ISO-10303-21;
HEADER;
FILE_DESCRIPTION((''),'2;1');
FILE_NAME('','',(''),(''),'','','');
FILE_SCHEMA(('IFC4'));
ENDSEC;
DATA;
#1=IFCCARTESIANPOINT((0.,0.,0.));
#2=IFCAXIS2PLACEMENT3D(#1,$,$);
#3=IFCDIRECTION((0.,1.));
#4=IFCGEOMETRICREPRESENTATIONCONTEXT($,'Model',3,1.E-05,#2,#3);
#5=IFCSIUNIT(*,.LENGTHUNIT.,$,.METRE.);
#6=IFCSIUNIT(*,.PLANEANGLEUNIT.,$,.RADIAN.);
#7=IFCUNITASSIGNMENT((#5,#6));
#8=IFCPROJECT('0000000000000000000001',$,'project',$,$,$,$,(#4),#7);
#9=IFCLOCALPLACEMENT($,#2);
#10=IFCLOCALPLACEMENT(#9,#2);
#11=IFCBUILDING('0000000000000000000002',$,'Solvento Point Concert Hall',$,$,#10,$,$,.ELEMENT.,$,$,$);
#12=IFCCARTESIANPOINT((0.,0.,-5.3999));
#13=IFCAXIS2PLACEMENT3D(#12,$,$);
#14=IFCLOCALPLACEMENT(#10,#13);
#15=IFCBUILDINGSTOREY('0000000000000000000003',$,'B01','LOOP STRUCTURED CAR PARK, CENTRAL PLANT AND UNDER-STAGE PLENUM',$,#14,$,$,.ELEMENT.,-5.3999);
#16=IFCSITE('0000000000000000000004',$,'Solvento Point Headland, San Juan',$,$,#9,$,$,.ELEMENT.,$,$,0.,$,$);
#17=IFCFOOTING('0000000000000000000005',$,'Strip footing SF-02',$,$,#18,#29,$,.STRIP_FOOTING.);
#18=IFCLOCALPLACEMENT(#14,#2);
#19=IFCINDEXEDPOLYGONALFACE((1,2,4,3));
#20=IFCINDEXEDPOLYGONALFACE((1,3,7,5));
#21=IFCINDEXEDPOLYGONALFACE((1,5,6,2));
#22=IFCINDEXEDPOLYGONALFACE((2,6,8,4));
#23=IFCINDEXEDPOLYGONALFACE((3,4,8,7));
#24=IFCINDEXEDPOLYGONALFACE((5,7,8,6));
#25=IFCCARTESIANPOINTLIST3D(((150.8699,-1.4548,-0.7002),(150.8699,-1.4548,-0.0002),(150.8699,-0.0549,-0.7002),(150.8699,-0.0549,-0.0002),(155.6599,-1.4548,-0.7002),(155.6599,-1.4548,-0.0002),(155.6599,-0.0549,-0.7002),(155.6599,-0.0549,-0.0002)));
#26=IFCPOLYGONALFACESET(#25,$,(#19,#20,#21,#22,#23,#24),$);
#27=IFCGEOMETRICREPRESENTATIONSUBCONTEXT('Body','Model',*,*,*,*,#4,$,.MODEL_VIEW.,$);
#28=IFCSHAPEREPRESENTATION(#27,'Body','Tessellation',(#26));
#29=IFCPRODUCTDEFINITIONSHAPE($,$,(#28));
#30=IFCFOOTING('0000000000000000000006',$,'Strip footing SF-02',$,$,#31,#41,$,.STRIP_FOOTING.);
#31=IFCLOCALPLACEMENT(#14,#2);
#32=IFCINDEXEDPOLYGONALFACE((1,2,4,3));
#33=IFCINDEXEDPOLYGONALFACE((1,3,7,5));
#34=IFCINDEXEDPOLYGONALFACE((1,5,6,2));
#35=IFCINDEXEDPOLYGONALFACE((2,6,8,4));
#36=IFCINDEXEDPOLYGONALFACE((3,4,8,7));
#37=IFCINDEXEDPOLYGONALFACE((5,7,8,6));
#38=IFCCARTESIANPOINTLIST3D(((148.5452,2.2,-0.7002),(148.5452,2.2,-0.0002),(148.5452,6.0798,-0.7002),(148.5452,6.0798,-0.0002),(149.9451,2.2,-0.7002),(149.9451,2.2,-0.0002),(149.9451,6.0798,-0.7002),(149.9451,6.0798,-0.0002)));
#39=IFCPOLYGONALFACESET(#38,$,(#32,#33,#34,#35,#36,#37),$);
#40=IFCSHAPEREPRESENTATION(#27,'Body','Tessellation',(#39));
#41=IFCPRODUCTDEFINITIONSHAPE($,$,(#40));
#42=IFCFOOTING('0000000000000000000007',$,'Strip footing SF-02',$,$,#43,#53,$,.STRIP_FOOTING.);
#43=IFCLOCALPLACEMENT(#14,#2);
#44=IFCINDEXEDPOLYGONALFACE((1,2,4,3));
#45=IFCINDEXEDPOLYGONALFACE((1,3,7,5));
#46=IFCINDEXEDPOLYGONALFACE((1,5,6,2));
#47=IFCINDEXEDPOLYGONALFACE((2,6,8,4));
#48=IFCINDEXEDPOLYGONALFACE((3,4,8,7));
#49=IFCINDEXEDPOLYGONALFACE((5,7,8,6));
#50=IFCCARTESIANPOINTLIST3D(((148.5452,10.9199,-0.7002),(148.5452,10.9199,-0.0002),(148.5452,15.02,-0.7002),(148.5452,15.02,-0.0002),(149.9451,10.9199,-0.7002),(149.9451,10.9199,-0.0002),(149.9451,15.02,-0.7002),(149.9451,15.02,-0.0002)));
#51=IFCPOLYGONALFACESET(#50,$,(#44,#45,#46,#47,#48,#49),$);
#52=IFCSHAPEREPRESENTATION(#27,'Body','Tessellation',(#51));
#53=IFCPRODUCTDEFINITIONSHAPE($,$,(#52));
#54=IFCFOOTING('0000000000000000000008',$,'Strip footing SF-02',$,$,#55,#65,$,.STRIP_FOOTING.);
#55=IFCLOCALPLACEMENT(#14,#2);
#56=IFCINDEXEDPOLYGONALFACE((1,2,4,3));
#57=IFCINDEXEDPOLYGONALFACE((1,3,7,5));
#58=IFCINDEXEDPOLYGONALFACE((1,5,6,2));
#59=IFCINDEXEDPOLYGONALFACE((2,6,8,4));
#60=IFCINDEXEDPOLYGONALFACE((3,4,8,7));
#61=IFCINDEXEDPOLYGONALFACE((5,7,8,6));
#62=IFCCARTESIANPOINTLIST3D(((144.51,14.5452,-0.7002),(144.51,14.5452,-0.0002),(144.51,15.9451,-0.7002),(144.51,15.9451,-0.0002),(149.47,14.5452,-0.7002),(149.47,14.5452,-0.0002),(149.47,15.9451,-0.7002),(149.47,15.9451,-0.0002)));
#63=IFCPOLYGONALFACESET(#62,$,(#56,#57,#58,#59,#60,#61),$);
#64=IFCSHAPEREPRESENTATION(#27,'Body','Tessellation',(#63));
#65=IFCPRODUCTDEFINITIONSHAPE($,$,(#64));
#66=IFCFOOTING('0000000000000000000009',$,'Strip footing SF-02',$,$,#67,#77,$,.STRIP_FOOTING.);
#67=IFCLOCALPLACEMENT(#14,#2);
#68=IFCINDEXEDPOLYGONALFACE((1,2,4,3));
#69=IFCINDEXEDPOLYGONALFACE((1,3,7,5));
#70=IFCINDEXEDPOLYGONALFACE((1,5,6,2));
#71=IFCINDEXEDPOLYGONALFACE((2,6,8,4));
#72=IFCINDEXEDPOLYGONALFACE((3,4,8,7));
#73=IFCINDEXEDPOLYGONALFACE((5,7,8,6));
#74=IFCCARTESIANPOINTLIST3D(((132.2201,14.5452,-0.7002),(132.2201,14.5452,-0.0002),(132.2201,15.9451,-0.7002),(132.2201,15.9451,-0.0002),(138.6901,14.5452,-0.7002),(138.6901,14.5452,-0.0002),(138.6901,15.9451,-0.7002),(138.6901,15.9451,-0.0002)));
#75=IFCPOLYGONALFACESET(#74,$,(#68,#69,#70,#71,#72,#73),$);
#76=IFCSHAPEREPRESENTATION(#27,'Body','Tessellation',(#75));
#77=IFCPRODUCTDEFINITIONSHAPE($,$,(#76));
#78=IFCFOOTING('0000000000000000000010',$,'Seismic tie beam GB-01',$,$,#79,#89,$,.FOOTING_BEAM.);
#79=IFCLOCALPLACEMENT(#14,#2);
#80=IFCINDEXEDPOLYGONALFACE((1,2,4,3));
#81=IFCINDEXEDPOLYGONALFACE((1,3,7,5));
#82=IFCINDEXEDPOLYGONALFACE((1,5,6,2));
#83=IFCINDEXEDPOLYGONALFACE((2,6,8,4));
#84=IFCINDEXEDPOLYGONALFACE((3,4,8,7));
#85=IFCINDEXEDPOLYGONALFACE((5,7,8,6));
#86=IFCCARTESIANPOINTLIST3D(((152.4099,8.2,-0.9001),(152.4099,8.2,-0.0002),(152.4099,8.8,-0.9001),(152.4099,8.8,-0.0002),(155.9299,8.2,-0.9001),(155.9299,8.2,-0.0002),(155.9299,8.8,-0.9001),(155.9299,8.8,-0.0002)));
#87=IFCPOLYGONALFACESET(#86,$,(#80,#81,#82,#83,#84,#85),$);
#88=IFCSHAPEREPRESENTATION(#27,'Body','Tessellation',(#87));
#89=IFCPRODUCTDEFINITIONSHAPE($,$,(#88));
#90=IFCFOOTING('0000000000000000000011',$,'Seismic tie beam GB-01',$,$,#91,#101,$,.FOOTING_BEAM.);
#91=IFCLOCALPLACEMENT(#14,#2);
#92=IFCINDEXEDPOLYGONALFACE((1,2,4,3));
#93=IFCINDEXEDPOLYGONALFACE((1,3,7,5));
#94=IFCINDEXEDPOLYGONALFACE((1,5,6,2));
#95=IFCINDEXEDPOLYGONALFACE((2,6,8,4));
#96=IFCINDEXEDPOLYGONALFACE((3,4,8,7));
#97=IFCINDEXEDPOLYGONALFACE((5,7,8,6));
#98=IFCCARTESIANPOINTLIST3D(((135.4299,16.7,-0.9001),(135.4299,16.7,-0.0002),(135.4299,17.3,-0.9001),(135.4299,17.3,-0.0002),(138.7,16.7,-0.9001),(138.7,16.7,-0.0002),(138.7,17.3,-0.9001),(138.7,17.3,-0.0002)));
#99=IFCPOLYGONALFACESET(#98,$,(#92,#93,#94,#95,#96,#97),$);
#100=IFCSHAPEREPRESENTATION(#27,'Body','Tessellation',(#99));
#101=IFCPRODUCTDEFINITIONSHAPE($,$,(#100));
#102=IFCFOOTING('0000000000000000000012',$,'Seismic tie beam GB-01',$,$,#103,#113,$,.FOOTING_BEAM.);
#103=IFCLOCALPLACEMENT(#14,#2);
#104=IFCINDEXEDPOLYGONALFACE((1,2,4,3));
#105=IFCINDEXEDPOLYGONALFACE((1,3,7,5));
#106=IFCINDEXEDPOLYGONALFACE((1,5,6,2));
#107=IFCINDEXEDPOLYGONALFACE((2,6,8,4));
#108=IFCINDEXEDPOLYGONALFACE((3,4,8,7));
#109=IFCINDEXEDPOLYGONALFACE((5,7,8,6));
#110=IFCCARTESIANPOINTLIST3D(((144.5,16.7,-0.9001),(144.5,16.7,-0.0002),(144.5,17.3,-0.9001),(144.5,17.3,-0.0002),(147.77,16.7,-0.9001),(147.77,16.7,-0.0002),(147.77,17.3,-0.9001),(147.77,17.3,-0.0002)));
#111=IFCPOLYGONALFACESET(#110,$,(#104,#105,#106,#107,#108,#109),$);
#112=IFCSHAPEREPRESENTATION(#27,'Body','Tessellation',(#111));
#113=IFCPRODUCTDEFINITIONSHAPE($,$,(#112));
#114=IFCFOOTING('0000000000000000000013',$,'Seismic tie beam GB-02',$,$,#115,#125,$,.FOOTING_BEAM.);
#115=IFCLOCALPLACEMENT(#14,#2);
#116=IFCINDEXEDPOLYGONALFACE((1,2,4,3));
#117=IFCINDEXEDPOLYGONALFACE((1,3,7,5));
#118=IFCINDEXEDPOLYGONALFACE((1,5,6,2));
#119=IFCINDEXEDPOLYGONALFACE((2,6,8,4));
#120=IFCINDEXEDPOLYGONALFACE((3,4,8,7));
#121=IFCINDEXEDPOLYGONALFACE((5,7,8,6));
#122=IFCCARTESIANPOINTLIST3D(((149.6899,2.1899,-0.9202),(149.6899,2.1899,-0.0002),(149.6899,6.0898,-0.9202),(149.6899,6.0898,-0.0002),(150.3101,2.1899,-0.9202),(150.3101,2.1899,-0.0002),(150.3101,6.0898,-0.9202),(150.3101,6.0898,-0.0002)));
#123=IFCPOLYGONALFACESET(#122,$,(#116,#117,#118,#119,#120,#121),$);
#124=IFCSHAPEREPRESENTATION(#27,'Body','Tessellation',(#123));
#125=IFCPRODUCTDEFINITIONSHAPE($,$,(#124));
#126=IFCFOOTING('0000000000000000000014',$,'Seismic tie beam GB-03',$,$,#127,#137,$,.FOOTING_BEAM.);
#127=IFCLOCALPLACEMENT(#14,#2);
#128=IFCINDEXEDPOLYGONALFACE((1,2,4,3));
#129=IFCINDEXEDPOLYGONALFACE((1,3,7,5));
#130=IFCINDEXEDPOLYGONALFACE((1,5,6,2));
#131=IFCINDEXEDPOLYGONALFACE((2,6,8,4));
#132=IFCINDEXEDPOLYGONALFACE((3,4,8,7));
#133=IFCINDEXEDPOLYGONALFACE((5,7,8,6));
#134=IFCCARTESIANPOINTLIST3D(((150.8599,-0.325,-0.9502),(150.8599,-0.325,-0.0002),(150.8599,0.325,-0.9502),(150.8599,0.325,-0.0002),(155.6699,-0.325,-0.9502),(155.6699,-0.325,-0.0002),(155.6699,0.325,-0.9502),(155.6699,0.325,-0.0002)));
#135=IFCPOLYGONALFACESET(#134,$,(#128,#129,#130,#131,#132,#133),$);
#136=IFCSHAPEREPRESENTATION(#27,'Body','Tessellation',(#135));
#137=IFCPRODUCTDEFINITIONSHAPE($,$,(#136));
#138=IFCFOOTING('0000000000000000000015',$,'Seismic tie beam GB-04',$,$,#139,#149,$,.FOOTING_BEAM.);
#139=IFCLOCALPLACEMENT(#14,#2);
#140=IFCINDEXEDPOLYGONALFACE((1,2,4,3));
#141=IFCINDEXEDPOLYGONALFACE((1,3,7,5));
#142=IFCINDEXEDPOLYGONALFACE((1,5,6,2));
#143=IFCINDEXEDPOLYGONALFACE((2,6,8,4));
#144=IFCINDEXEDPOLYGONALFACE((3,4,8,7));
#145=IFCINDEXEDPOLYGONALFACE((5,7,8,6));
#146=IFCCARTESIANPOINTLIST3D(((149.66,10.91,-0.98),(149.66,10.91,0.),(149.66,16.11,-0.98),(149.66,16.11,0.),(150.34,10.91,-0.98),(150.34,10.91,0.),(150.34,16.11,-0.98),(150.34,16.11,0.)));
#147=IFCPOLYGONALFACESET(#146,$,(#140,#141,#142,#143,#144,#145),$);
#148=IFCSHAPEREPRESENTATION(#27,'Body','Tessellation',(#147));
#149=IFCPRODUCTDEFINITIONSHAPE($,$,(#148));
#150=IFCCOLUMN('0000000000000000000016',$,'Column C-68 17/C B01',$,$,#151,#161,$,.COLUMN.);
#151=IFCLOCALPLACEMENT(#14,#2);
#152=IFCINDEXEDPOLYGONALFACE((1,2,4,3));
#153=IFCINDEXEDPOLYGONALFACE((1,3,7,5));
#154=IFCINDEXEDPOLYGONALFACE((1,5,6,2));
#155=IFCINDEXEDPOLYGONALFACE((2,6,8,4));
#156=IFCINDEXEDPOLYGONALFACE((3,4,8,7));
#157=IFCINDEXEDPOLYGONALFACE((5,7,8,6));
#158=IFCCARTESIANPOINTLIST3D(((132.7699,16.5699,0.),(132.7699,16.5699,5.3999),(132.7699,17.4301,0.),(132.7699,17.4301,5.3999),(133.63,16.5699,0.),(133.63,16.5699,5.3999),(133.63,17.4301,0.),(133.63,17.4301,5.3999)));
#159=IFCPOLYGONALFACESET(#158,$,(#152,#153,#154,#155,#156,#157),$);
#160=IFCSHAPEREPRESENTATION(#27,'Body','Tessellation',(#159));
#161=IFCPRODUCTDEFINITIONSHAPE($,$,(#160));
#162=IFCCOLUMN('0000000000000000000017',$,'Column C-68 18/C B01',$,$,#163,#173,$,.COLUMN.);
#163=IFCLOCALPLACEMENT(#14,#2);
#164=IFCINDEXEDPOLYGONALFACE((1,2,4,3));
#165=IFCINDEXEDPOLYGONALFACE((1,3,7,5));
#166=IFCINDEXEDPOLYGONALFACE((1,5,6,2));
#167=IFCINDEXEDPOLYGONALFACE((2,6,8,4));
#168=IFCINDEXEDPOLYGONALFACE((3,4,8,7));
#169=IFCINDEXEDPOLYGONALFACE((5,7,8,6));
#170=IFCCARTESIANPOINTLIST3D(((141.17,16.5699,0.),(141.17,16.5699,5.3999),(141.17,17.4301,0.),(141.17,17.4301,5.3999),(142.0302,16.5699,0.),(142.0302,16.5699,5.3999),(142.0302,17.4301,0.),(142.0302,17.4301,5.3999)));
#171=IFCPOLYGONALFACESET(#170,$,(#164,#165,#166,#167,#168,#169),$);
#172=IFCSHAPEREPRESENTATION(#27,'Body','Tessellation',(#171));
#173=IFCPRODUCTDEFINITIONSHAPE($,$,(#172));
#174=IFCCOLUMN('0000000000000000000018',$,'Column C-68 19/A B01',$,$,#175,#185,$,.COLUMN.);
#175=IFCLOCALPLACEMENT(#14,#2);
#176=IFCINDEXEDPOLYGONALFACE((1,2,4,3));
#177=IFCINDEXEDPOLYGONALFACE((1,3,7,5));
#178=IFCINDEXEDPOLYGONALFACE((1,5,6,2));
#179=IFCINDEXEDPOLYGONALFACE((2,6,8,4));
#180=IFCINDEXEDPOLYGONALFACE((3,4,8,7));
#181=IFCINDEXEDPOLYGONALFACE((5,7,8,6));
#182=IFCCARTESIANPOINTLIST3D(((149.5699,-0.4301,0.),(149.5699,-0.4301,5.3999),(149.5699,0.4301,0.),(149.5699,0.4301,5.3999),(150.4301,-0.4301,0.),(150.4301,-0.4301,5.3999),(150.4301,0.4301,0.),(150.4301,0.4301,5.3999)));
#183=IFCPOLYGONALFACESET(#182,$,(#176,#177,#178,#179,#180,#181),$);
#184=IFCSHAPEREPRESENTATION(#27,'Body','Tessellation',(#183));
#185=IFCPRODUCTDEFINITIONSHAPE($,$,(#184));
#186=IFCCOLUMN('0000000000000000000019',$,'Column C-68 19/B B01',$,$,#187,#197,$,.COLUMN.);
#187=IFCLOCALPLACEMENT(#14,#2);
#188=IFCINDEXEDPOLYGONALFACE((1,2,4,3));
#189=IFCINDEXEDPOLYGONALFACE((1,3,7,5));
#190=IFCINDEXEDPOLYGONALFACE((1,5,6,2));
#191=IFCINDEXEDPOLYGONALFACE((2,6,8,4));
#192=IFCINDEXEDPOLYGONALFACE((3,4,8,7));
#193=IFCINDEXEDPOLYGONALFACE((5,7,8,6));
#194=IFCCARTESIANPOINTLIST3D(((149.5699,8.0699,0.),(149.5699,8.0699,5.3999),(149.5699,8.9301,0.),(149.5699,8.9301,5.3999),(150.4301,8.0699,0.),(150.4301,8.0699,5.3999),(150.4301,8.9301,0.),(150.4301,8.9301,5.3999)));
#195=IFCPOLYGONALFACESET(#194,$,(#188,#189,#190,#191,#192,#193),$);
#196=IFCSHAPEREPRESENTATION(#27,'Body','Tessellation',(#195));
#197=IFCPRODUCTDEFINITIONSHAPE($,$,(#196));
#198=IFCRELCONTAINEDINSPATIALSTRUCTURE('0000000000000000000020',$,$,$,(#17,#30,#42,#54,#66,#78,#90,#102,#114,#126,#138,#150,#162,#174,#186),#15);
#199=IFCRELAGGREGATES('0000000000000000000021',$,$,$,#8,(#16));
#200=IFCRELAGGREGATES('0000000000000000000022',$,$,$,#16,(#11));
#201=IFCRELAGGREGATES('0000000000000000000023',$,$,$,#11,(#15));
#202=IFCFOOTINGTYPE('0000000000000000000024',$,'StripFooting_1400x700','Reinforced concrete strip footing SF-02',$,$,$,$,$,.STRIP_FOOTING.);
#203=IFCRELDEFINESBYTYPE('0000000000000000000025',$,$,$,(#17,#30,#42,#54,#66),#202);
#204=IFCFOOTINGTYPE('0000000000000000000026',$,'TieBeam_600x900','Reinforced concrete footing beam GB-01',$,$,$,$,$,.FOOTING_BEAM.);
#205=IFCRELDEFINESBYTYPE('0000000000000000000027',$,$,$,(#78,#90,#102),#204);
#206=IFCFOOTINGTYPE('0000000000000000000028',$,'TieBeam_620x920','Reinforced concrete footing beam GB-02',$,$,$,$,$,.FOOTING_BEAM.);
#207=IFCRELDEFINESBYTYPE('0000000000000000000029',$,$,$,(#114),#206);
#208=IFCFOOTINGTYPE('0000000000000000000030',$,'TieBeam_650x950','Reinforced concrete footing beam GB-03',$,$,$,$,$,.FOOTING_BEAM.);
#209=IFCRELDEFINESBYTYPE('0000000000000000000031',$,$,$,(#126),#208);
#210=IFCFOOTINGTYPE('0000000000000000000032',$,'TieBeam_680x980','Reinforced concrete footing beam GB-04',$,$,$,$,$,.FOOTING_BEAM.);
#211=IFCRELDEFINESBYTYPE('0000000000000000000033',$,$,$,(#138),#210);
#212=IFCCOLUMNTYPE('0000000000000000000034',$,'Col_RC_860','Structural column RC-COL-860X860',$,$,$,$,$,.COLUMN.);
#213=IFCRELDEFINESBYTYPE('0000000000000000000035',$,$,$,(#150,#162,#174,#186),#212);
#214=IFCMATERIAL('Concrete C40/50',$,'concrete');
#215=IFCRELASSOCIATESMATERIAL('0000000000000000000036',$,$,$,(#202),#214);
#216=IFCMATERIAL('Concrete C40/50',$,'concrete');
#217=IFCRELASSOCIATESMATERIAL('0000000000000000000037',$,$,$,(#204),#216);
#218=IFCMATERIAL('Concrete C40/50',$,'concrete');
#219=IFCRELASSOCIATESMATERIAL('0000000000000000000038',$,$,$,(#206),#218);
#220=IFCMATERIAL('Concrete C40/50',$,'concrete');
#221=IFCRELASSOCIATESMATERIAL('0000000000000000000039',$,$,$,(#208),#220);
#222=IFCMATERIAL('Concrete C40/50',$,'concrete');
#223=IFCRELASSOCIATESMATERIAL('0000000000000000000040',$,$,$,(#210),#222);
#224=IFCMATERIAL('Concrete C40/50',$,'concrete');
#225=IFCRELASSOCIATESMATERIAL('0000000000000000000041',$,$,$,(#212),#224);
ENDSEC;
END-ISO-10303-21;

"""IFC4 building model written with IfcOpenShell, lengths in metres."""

from ifc_helpers import new_model, si_unit, direction, frame, origin, origin_2d, place, context, subcontext, project, spatial, rectangle, extrude, material, material_profile, profile_set, type_object, element, save


model = new_model("IFC4")

# Units and contexts
model_context = context("Model", 3, precision=1e-05, world=origin(), true_north=direction((0.0, 1.0)))
body_context = subcontext(model_context, "Body", "Model", "MODEL_VIEW")
ifc_project = project(units=[si_unit("LENGTHUNIT", "METRE"), si_unit("PLANEANGLEUNIT", "RADIAN")], contexts=[model_context])

# Site, building, storey
site_placement = place(None, origin())
site = spatial("IfcSite", under=ifc_project, at=site_placement, Name="Solvento Point Headland, San Juan", CompositionType="ELEMENT", RefElevation=0.0)
building_placement = place(site_placement, origin())
building = spatial("IfcBuilding", under=site, at=building_placement, Name="Solvento Point Concert Hall", CompositionType="ELEMENT")
storey_placement = place(building_placement, frame((0.0, 0.0, -5.3999)))
storey = spatial("IfcBuildingStorey", under=building, at=storey_placement, Name="B01", Description="LOOP STRUCTURED CAR PARK, CENTRAL PLANT AND UNDER-STAGE PLENUM", CompositionType="ELEMENT", Elevation=-5.3999)

# Footings
ifc_material_1 = material(Name="Concrete C40/50", Category="concrete")
footing_type_1 = type_object("IfcFootingType", Name="StripFooting_1400x700", Description="Reinforced concrete strip footing SF-02", PredefinedType="STRIP_FOOTING", material=ifc_material_1)
footing_1_placement = place(storey_placement, frame((153.2649, -0.7549, -0.7002), z_axis=(0.0, 0.0, 1.0), x_axis=(-1.0, 0.0, 0.0)))
element("IfcFooting", 1, at=footing_1_placement, inside=storey, type_object=footing_type_1, Name="Strip footing SF-02", PredefinedType="STRIP_FOOTING", context=body_context, shape_type="SweptSolid", body=[
    extrude(rectangle(XDim=4.79, YDim=1.3999, at=origin_2d()), origin(), (0.0, 0.0, 1.0), 0.7),
])
footing_2_placement = place(storey_placement, frame((149.2451, 4.1399, -0.7002), z_axis=(0.0, 0.0, 1.0), x_axis=(0.0, 1.0, 0.0)))
element("IfcFooting", 2, at=footing_2_placement, inside=storey, type_object=footing_type_1, Name="Strip footing SF-02", PredefinedType="STRIP_FOOTING", context=body_context, shape_type="SweptSolid", body=[
    extrude(rectangle(XDim=3.8799, YDim=1.3999, at=origin_2d()), origin(), (0.0, 0.0, 1.0), 0.7),
])
footing_3_placement = place(storey_placement, frame((149.2451, 12.97, -0.7002), z_axis=(0.0, 0.0, 1.0), x_axis=(0.0, 1.0, 0.0)))
element("IfcFooting", 3, at=footing_3_placement, inside=storey, type_object=footing_type_1, Name="Strip footing SF-02", PredefinedType="STRIP_FOOTING", context=body_context, shape_type="SweptSolid", body=[
    extrude(rectangle(XDim=4.1001, YDim=1.3999, at=origin_2d()), origin(), (0.0, 0.0, 1.0), 0.7),
])
footing_4_placement = place(storey_placement, frame((146.99, 15.2451, -0.7002), z_axis=(0.0, 0.0, 1.0), x_axis=(-1.0, 0.0, 0.0)))
element("IfcFooting", 4, at=footing_4_placement, inside=storey, type_object=footing_type_1, Name="Strip footing SF-02", PredefinedType="STRIP_FOOTING", context=body_context, shape_type="SweptSolid", body=[
    extrude(rectangle(XDim=4.96, YDim=1.3999, at=origin_2d()), origin(), (0.0, 0.0, 1.0), 0.7),
])
footing_5_placement = place(storey_placement, frame((135.4551, 15.2451, -0.7002), z_axis=(0.0, 0.0, 1.0), x_axis=(-1.0, 0.0, 0.0)))
element("IfcFooting", 5, at=footing_5_placement, inside=storey, type_object=footing_type_1, Name="Strip footing SF-02", PredefinedType="STRIP_FOOTING", context=body_context, shape_type="SweptSolid", body=[
    extrude(rectangle(XDim=6.47, YDim=1.3999, at=origin_2d()), origin(), (0.0, 0.0, 1.0), 0.7),
])
ifc_material_2 = material(Name="Concrete C40/50", Category="concrete")
footing_type_2 = type_object("IfcFootingType", Name="TieBeam_600x900", Description="Reinforced concrete footing beam GB-01", PredefinedType="FOOTING_BEAM", material=ifc_material_2)
footing_6_placement = place(storey_placement, frame((154.1699, 8.5, -0.9001), z_axis=(0.0, 0.0, 1.0), x_axis=(1.0, 0.0, 0.0)))
element("IfcFooting", 6, at=footing_6_placement, inside=storey, type_object=footing_type_2, Name="Seismic tie beam GB-01", PredefinedType="FOOTING_BEAM", context=body_context, shape_type="SweptSolid", body=[
    extrude(rectangle(XDim=3.52, YDim=0.6001, at=origin_2d()), origin(), (0.0, 0.0, 1.0), 0.8999),
])
for number, where, z_axis, x_axis, name in (
    (7, (137.0649, 17.0, -0.9001), (0.0, 0.0, 1.0), (1.0, 0.0, 0.0), "Seismic tie beam GB-01"),
    (8, (146.135, 17.0, -0.9001), (0.0, 0.0, 1.0), (1.0, 0.0, 0.0), "Seismic tie beam GB-01"),
):
    element("IfcFooting", number, at=place(storey_placement, frame(where, z_axis=z_axis, x_axis=x_axis)), inside=storey, type_object=footing_type_2, Name=name, PredefinedType="FOOTING_BEAM", context=body_context, shape_type="SweptSolid", body=[
        extrude(rectangle(XDim=3.27, YDim=0.6001, at=origin_2d()), origin(), (0.0, 0.0, 1.0), 0.8999),
    ])
ifc_material_3 = material(Name="Concrete C40/50", Category="concrete")
footing_type_3 = type_object("IfcFootingType", Name="TieBeam_620x920", Description="Reinforced concrete footing beam GB-02", PredefinedType="FOOTING_BEAM", material=ifc_material_3)
footing_7_placement = place(storey_placement, frame((150.0, 4.1399, -0.9202), z_axis=(0.0, 0.0, 1.0), x_axis=(0.0, 1.0, 0.0)))
element("IfcFooting", 9, at=footing_7_placement, inside=storey, type_object=footing_type_3, Name="Seismic tie beam GB-02", PredefinedType="FOOTING_BEAM", context=body_context, shape_type="SweptSolid", body=[
    extrude(rectangle(XDim=3.8999, YDim=0.6201, at=origin_2d()), origin(), (0.0, 0.0, 1.0), 0.9199),
])
ifc_material_4 = material(Name="Concrete C40/50", Category="concrete")
footing_type_4 = type_object("IfcFootingType", Name="TieBeam_650x950", Description="Reinforced concrete footing beam GB-03", PredefinedType="FOOTING_BEAM", material=ifc_material_4)
footing_8_placement = place(storey_placement, frame((153.2649, 0.0, -0.9502), z_axis=(0.0, 0.0, 1.0), x_axis=(1.0, 0.0, 0.0)))
element("IfcFooting", 10, at=footing_8_placement, inside=storey, type_object=footing_type_4, Name="Seismic tie beam GB-03", PredefinedType="FOOTING_BEAM", context=body_context, shape_type="SweptSolid", body=[
    extrude(rectangle(XDim=4.8101, YDim=0.6499, at=origin_2d()), origin(), (0.0, 0.0, 1.0), 0.95),
])
ifc_material_5 = material(Name="Concrete C40/50", Category="concrete")
footing_type_5 = type_object("IfcFootingType", Name="TieBeam_680x980", Description="Reinforced concrete footing beam GB-04", PredefinedType="FOOTING_BEAM", material=ifc_material_5)
footing_9_placement = place(storey_placement, frame((150.0, 13.51, -0.98), z_axis=(0.0, 0.0, 1.0), x_axis=(0.0, 1.0, 0.0)))
element("IfcFooting", 11, at=footing_9_placement, inside=storey, type_object=footing_type_5, Name="Seismic tie beam GB-04", PredefinedType="FOOTING_BEAM", context=body_context, shape_type="SweptSolid", body=[
    extrude(rectangle(XDim=5.2, YDim=0.6799, at=origin_2d()), origin(), (0.0, 0.0, 1.0), 0.98),
])

# Columns
ifc_material_6 = material(Name="Concrete C40/50", Category="concrete")
ifc_material_profile_1 = material_profile(ifc_material_6, rectangle(XDim=0.8601, YDim=0.8601, at=origin_2d()), Name="RC-COL-860X860")
ifc_profile_set_1 = profile_set([ifc_material_profile_1], Name="Concrete C40/50")
column_type = type_object("IfcColumnType", Name="Col_RC_860", Description="Structural column RC-COL-860X860", PredefinedType="COLUMN", material=ifc_profile_set_1)
for number, where, z_axis, x_axis, name in (
    (12, (133.2, 17.0, 0.0), (0.0, 0.0, 1.0), (1.0, 0.0, 0.0), "Column C-68 17/C B01"),
    (13, (141.6001, 17.0, 0.0), (0.0, 0.0, 1.0), (1.0, 0.0, 0.0), "Column C-68 18/C B01"),
    (14, (150.0, 0.0, 0.0), (0.0, 0.0, 1.0), (1.0, 0.0, 0.0), "Column C-68 19/A B01"),
    (15, (150.0, 8.5, 0.0), (0.0, 0.0, 1.0), (1.0, 0.0, 0.0), "Column C-68 19/B B01"),
):
    element("IfcColumn", number, at=place(storey_placement, frame(where, z_axis=z_axis, x_axis=x_axis)), inside=storey, type_object=column_type, Name=name, PredefinedType="COLUMN", context=body_context, shape_type="SweptSolid", body=[
        extrude(rectangle(XDim=0.8601, YDim=0.8601, at=origin_2d()), origin(), (0.0, 0.0, 1.0), 5.3999),
    ])

save(model, "model.ifc")
